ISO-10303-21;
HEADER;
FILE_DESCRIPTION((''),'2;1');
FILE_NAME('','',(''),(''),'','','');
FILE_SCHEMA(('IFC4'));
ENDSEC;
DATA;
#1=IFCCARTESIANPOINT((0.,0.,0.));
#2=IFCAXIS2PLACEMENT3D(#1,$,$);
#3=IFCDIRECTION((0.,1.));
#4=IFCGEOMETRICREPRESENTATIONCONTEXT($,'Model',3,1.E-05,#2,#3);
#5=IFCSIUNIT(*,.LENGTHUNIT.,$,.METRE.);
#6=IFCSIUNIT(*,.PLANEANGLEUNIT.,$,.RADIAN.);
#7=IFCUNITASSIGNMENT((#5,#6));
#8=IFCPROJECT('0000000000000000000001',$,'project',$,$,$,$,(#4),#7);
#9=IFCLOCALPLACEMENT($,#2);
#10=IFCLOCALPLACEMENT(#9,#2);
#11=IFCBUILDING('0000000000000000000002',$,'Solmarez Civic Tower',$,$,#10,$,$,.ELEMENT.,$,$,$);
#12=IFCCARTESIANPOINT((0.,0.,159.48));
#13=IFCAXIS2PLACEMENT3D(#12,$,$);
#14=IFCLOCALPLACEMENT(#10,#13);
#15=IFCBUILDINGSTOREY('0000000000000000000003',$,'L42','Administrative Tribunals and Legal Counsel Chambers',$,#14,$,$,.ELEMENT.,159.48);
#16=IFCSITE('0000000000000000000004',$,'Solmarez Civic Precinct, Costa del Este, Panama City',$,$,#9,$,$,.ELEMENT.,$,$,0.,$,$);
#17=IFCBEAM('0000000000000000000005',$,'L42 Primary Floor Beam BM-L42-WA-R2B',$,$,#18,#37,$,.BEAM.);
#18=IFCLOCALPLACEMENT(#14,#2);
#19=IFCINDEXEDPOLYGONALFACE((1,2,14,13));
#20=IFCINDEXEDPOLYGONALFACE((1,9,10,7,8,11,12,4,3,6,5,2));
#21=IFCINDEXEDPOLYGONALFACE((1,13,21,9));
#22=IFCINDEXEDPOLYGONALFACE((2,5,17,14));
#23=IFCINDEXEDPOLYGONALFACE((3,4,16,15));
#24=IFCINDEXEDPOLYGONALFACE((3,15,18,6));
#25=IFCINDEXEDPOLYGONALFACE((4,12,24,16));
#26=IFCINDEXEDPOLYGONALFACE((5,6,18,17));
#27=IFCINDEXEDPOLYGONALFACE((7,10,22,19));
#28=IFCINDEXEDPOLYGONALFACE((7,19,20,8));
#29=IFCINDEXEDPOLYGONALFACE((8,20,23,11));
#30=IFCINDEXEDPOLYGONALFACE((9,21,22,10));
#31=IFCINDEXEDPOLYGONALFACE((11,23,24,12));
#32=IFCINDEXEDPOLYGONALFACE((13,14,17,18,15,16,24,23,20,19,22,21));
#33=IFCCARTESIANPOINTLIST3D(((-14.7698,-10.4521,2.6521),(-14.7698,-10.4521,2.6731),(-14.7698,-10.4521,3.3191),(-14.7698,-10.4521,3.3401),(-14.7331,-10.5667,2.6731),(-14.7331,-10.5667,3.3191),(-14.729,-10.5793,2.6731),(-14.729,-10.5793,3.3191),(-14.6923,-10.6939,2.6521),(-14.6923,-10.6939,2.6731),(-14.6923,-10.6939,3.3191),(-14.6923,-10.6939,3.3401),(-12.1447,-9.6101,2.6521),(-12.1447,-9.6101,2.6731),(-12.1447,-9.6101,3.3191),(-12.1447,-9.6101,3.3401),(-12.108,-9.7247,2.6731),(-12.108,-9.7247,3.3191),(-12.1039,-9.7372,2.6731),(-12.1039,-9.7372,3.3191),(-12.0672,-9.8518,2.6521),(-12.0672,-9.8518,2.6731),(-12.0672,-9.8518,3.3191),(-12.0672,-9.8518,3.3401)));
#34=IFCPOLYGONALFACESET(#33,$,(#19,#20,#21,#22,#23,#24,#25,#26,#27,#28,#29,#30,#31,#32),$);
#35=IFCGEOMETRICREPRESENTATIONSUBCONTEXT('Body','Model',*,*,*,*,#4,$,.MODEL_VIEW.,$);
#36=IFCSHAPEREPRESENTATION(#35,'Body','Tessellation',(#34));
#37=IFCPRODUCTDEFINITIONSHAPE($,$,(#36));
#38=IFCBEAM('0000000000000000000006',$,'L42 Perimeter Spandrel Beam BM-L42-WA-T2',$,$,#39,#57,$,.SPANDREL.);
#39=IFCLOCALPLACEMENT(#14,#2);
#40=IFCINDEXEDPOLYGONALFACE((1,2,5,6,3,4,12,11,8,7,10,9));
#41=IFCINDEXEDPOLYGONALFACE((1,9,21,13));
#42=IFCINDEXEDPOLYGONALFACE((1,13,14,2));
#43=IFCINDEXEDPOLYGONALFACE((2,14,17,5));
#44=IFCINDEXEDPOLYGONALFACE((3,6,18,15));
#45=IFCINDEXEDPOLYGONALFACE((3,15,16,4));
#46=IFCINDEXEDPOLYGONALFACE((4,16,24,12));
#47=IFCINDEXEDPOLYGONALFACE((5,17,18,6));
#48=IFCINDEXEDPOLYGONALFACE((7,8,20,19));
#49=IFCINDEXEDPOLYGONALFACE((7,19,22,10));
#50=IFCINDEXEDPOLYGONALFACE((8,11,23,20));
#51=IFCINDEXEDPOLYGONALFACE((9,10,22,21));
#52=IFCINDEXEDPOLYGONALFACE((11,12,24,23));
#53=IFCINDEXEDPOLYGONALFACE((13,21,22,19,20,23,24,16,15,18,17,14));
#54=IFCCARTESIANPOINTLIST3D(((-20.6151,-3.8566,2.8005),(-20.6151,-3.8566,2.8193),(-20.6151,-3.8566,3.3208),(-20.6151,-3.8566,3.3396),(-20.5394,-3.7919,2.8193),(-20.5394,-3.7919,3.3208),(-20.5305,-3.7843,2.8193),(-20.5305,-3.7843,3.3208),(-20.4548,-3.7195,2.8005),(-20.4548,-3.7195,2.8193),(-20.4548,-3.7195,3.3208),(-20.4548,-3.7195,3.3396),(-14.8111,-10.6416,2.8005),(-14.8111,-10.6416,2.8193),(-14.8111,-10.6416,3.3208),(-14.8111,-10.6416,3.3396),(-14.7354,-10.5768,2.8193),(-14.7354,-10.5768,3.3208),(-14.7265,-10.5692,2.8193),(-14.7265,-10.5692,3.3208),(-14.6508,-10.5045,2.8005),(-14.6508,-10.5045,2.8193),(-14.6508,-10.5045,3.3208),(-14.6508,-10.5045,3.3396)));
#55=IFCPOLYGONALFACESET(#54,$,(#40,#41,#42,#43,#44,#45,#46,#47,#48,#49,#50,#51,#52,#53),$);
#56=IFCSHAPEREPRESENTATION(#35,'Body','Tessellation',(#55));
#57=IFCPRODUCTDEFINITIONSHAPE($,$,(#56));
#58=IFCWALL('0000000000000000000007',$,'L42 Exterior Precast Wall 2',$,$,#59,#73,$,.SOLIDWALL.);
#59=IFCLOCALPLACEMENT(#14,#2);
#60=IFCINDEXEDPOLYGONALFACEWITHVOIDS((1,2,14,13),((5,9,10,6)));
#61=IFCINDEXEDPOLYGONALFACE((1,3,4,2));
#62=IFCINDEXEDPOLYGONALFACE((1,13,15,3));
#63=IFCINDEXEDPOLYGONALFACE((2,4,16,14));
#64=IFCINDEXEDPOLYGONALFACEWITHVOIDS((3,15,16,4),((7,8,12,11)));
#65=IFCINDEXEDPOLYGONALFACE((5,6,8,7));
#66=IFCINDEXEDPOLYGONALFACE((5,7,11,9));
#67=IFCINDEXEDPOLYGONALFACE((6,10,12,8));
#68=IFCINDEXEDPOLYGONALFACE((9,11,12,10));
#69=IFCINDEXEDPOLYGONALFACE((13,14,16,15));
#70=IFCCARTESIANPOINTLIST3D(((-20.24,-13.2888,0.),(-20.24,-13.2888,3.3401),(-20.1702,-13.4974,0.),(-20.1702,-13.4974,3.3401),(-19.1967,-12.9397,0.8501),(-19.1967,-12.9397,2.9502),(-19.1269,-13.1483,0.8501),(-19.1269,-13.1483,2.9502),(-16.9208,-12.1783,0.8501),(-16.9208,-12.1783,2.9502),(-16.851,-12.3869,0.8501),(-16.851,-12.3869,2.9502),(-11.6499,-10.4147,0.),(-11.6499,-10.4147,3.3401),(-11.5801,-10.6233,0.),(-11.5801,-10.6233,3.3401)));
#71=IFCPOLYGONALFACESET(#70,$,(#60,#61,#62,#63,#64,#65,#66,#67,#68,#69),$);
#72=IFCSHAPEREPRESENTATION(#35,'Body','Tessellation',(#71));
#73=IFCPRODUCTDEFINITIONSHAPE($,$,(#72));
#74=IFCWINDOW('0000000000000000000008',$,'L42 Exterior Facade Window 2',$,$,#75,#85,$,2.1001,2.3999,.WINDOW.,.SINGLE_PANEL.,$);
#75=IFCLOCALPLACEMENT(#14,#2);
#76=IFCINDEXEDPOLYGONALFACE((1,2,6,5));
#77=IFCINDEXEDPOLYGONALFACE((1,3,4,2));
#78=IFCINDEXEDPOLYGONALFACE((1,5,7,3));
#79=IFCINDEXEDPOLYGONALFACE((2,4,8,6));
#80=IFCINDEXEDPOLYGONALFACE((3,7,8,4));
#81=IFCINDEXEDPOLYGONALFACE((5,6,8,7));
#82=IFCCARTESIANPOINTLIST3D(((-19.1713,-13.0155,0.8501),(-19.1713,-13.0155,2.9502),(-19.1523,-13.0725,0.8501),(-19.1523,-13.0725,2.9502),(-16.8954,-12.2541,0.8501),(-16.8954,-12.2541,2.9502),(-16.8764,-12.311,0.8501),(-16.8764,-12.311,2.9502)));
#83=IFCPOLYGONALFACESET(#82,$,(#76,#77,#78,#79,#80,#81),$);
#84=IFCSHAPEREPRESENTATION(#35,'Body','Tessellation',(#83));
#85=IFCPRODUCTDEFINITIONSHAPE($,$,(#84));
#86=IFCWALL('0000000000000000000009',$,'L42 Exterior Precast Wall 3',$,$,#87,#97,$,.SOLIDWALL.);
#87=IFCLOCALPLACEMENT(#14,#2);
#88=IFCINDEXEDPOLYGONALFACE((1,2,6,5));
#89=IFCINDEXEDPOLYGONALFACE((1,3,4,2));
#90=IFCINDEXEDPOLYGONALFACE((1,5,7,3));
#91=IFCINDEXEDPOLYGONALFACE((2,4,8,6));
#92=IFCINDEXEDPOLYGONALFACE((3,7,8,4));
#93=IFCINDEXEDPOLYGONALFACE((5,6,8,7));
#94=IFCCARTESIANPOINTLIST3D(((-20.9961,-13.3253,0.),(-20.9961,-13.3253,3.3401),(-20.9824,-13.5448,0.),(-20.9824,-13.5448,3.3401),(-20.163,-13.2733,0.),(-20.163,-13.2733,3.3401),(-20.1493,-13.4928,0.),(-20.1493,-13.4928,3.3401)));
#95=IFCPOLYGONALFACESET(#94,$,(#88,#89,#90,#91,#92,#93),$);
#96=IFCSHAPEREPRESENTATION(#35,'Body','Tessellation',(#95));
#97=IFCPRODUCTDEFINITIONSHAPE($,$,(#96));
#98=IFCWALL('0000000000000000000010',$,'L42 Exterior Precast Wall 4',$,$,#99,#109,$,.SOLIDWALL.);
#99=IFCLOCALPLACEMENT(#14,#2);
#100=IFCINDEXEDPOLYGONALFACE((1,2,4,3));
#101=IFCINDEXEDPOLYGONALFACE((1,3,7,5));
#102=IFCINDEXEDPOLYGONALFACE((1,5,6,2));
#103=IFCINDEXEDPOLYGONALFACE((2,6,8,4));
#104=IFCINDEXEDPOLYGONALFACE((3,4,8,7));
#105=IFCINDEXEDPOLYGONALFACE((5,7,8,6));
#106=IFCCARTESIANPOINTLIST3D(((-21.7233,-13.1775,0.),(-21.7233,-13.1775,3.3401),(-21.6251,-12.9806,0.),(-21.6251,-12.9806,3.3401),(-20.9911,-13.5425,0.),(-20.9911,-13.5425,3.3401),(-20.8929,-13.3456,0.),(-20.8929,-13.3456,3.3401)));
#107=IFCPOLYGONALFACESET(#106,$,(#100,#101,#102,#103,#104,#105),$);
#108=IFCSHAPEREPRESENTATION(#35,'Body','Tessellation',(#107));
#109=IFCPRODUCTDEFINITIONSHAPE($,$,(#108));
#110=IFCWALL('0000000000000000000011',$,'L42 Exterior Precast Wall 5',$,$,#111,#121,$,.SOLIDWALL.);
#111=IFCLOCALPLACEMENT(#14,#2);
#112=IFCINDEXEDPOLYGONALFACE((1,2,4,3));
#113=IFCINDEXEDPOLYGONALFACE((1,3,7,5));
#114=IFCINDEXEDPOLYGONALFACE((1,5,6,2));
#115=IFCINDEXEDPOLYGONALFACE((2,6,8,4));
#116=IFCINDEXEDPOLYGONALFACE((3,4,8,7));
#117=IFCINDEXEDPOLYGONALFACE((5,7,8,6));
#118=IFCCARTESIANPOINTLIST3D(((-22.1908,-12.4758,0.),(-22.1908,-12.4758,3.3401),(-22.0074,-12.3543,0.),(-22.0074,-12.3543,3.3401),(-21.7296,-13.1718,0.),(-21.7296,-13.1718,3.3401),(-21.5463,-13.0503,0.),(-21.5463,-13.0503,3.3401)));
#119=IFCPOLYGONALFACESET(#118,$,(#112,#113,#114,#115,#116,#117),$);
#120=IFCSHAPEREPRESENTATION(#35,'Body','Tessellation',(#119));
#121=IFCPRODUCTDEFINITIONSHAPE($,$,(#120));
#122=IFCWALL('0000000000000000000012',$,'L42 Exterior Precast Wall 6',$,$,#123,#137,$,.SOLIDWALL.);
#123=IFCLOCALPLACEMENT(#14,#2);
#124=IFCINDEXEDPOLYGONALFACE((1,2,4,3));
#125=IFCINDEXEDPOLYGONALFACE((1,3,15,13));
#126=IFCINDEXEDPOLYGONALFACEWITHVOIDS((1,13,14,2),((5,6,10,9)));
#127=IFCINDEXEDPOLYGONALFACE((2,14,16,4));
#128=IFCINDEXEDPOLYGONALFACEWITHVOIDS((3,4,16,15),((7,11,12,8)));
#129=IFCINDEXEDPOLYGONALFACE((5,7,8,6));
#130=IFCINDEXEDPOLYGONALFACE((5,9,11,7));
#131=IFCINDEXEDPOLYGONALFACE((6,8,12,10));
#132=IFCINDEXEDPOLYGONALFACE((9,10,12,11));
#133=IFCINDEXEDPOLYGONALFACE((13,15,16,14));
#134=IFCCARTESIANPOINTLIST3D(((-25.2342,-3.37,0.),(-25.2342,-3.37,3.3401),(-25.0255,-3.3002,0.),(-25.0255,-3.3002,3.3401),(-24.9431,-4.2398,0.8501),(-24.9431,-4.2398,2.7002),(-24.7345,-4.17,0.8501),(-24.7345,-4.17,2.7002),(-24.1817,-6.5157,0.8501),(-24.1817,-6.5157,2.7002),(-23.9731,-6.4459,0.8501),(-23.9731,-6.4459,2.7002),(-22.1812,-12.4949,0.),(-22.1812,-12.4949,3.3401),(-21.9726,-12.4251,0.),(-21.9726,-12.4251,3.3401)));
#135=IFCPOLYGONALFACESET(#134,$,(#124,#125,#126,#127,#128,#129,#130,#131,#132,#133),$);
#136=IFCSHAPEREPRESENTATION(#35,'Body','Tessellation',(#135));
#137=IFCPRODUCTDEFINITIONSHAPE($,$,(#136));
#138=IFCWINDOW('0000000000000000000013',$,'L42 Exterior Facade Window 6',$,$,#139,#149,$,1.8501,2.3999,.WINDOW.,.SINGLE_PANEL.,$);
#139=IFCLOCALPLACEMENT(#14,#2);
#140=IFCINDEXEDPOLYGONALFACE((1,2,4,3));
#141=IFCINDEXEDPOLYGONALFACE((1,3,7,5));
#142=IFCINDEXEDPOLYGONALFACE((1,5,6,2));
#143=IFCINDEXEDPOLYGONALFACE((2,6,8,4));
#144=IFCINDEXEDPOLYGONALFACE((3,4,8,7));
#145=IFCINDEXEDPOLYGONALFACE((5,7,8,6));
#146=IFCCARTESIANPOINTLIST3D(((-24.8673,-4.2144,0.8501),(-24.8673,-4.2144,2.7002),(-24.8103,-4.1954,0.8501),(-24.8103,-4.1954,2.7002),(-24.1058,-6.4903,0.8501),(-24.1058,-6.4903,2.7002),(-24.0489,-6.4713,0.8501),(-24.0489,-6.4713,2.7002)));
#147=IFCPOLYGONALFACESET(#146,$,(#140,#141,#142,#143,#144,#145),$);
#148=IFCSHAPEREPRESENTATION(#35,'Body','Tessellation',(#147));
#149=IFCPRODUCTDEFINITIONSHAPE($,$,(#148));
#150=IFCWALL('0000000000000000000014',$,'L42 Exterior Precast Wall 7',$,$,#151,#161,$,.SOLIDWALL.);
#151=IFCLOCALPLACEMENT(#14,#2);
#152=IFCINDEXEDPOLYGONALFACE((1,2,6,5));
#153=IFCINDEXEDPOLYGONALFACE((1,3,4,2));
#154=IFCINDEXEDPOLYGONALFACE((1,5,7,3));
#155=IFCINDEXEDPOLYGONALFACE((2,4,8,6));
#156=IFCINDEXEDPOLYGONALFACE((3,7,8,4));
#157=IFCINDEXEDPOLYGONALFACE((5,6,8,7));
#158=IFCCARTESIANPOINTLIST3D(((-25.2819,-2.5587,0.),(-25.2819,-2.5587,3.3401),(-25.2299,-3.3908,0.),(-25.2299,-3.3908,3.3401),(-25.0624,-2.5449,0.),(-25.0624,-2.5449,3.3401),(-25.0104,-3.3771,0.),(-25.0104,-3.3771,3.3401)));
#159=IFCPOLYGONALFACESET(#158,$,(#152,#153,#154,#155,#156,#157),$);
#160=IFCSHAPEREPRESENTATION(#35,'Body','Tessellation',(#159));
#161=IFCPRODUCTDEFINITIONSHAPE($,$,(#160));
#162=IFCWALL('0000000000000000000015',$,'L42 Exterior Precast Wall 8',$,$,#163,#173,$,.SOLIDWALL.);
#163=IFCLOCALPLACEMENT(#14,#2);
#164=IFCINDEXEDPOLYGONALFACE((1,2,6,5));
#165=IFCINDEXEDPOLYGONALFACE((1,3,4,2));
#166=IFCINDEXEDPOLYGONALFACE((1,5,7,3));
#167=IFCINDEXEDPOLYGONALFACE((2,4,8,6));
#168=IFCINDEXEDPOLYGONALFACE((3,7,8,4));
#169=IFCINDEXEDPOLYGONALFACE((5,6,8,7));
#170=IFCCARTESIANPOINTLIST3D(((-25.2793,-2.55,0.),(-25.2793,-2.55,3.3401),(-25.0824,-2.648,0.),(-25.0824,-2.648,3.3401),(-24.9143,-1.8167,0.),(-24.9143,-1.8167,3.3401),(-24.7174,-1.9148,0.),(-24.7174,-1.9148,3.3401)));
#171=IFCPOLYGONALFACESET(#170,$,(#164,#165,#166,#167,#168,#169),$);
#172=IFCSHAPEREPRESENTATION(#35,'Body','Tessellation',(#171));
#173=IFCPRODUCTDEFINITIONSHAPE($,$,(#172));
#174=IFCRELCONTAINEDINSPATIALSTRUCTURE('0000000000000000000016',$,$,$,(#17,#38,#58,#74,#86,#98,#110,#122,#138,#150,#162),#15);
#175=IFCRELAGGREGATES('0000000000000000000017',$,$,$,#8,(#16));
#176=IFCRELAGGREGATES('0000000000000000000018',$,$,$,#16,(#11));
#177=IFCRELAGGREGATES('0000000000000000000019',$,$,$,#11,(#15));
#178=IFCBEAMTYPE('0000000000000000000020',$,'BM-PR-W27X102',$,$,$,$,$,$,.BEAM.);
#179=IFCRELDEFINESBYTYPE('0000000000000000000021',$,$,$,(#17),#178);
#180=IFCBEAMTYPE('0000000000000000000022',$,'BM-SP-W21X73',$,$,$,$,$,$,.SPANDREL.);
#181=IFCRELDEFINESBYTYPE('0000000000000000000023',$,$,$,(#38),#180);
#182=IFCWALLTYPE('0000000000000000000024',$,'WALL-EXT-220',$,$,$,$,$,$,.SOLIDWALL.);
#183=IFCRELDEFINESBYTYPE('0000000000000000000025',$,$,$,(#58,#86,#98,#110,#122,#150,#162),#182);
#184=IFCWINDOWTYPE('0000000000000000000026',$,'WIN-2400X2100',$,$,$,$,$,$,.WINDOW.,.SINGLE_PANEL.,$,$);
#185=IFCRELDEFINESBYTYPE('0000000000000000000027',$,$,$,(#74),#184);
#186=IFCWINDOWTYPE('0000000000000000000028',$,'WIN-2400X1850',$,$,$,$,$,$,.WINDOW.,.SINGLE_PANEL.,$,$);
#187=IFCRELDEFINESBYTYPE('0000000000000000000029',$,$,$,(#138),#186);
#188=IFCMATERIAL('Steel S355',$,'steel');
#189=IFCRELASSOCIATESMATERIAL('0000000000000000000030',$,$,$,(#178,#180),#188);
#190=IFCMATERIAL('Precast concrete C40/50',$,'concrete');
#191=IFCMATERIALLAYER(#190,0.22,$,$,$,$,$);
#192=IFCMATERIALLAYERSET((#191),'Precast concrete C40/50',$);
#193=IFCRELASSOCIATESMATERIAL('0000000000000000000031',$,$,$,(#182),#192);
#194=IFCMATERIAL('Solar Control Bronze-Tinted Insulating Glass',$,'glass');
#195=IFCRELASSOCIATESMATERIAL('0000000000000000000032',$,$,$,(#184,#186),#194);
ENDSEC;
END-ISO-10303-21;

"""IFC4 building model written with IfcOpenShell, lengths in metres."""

from ifc_helpers import new_model, si_unit, direction, frame, frame_2d, origin, origin_2d, place, context, subcontext, project, spatial, rectangle, i_section, extrude, material, layer, layer_set, material_profile, profile_set, type_object, element, fill, save


model = new_model("IFC4")

# Units and contexts
model_context = context("Model", 3, precision=1e-05, world=origin(), true_north=direction((0.0, 1.0)))
body_context = subcontext(model_context, "Body", "Model", "MODEL_VIEW")
ifc_project = project(units=[si_unit("LENGTHUNIT", "METRE"), si_unit("PLANEANGLEUNIT", "RADIAN")], contexts=[model_context])

# Site, building, storey
site_placement = place(None, origin())
site = spatial("IfcSite", under=ifc_project, at=site_placement, Name="Solmarez Civic Precinct, Costa del Este, Panama City", CompositionType="ELEMENT", RefElevation=0.0)
building_placement = place(site_placement, origin())
building = spatial("IfcBuilding", under=site, at=building_placement, Name="Solmarez Civic Tower", CompositionType="ELEMENT")
storey_placement = place(building_placement, frame((0.0, 0.0, 159.48)))
storey = spatial("IfcBuildingStorey", under=building, at=storey_placement, Name="L42", Description="Administrative Tribunals and Legal Counsel Chambers", CompositionType="ELEMENT", Elevation=159.48)

# Shared definitions
ifc_material_1 = material(Name="Steel S355", Category="steel")

# Beams
ifc_material_profile_1 = material_profile(ifc_material_1, i_section(OverallWidth=0.2539, OverallDepth=0.688, WebThickness=0.0132, FlangeThickness=0.021, at=origin_2d()), Name="W27X102")
ifc_profile_set_1 = profile_set([ifc_material_profile_1], Name="Steel S355")
beam_type_1 = type_object("IfcBeamType", Name="BM-PR-W27X102", PredefinedType="BEAM", material=ifc_profile_set_1)
beam_1_placement = place(storey_placement, frame((-12.106, -9.731, 2.9961), z_axis=(-0.952209, -0.305447, 0.0), x_axis=(0.305447, -0.952209, 0.0)))
element("IfcBeam", 1, at=beam_1_placement, inside=storey, type_object=beam_type_1, Name="L42 Primary Floor Beam BM-L42-WA-R2B", PredefinedType="BEAM", context=body_context, shape_type="SweptSolid", body=[
    extrude(i_section(OverallWidth=0.2539, OverallDepth=0.688, WebThickness=0.0132, FlangeThickness=0.021, at=origin_2d()), origin(), (0.0, 0.0, 1.0), 2.7568),
])
ifc_material_profile_2 = material_profile(ifc_material_1, i_section(OverallWidth=0.2109, OverallDepth=0.5391, WebThickness=0.0117, FlangeThickness=0.0188, at=origin_2d()), Name="W21X73")
ifc_profile_set_2 = profile_set([ifc_material_profile_2], Name="Steel S355")
beam_type_2 = type_object("IfcBeamType", Name="BM-SP-W21X73", PredefinedType="SPANDREL", material=ifc_profile_set_2)
beam_2_placement = place(storey_placement, frame((-20.5349, -3.7881, 3.0701), z_axis=(0.650037, -0.759903, 0.0), x_axis=(0.759903, 0.650037, 0.0)))
element("IfcBeam", 2, at=beam_2_placement, inside=storey, type_object=beam_type_2, Name="L42 Perimeter Spandrel Beam BM-L42-WA-T2", PredefinedType="SPANDREL", context=body_context, shape_type="SweptSolid", body=[
    extrude(i_section(OverallWidth=0.2109, OverallDepth=0.5391, WebThickness=0.0117, FlangeThickness=0.0188, at=origin_2d()), origin(), (0.0, 0.0, 1.0), 8.9287),
])

# Wall, opening, window
ifc_material_2 = material(Name="Precast concrete C40/50", Category="concrete")
ifc_layer_1 = layer(ifc_material_2, 0.22)
ifc_layer_set_1 = layer_set([ifc_layer_1], Name="Precast concrete C40/50")
wall_type_1 = type_object("IfcWallType", Name="WALL-EXT-220", PredefinedType="SOLIDWALL", material=ifc_layer_set_1)
wall_1_placement = place(storey_placement, frame((-11.615, -10.519, 0.0), z_axis=(0.0, 0.0, 1.0), x_axis=(-0.94833, -0.317287, 0.0)))
wall_1 = element("IfcWall", 3, at=wall_1_placement, inside=storey, type_object=wall_type_1, Name="L42 Exterior Precast Wall 2", PredefinedType="SOLIDWALL", context=body_context, shape_type="SweptSolid", body=[
    extrude(rectangle(XDim=9.0581, YDim=0.22, at=frame_2d((4.5291, 0.0))), origin(), (0.0, 0.0, 1.0), 3.3401),
])
opening_1_placement = place(wall_1_placement, frame((5.5581, 0.0, 0.8501)))
opening_1 = element("IfcOpeningElement", 4, at=opening_1_placement, cuts=wall_1, PredefinedType="OPENING", context=body_context, shape_type="SweptSolid", body=[
    extrude(rectangle(XDim=2.3999, YDim=2.1001, at=frame_2d((1.2, 1.05))), frame((0.0, 0.1199, 0.0), z_axis=(0.0, -1.0, 0.0), x_axis=(1.0, 0.0, 0.0)), (0.0, 0.0, 1.0), 0.24),
])
ifc_material_3 = material(Name="Solar Control Bronze-Tinted Insulating Glass", Category="glass")
window_type_1 = type_object("IfcWindowType", Name="WIN-2400X2100", PartitioningType="SINGLE_PANEL", PredefinedType="WINDOW", material=ifc_material_3)
window_1_placement = place(opening_1_placement, origin())
window_1 = element("IfcWindow", 5, at=window_1_placement, inside=storey, type_object=window_type_1, Name="L42 Exterior Facade Window 2", OverallHeight=2.1001, OverallWidth=2.3999, PartitioningType="SINGLE_PANEL", PredefinedType="WINDOW", context=body_context, shape_type="SweptSolid", body=[
    extrude(rectangle(XDim=2.3999, YDim=2.1001, at=frame_2d((1.2, 1.05))), frame((0.0, 0.03, 0.0), z_axis=(0.0, -1.0, 0.0), x_axis=(1.0, 0.0, 0.0)), (0.0, 0.0, 1.0), 0.0601),
])
fill(opening_1, window_1)

# Walls
wall_2_placement = place(storey_placement, frame((-20.156, -13.3831, 0.0), z_axis=(0.0, 0.0, 1.0), x_axis=(-0.998057, -0.062305, 0.0)))
element("IfcWall", 6, at=wall_2_placement, inside=storey, type_object=wall_type_1, Name="L42 Exterior Precast Wall 3", PredefinedType="SOLIDWALL", context=body_context, shape_type="SweptSolid", body=[
    extrude(rectangle(XDim=0.8347, YDim=0.22, at=frame_2d((0.4175, 0.0))), origin(), (0.0, 0.0, 1.0), 3.3401),
])
wall_3_placement = place(storey_placement, frame((-20.9419, -13.4441, 0.0), z_axis=(0.0, 0.0, 1.0), x_axis=(-0.894964, 0.446139, 0.0)))
element("IfcWall", 7, at=wall_3_placement, inside=storey, type_object=wall_type_1, Name="L42 Exterior Precast Wall 4", PredefinedType="SOLIDWALL", context=body_context, shape_type="SweptSolid", body=[
    extrude(rectangle(XDim=0.8181, YDim=0.22, at=frame_2d((0.4092, 0.0))), origin(), (0.0, 0.0, 1.0), 3.3401),
])
wall_4_placement = place(storey_placement, frame((-21.6379, -13.1111, 0.0), z_axis=(0.0, 0.0, 1.0), x_axis=(-0.552336, 0.833621, 0.0)))
element("IfcWall", 8, at=wall_4_placement, inside=storey, type_object=wall_type_1, Name="L42 Exterior Precast Wall 5", PredefinedType="SOLIDWALL", context=body_context, shape_type="SweptSolid", body=[
    extrude(rectangle(XDim=0.835, YDim=0.22, at=frame_2d((0.4175, 0.0))), origin(), (0.0, 0.0, 1.0), 3.3401),
])

# Wall, opening, window
wall_5_placement = place(storey_placement, frame((-22.0769, -12.46, 0.0), z_axis=(0.0, 0.0, 1.0), x_axis=(-0.317286, 0.94833, 0.0)))
wall_5 = element("IfcWall", 9, at=wall_5_placement, inside=storey, type_object=wall_type_1, Name="L42 Exterior Precast Wall 6", PredefinedType="SOLIDWALL", context=body_context, shape_type="SweptSolid", body=[
    extrude(rectangle(XDim=9.6221, YDim=0.22, at=frame_2d((4.811, 0.0))), origin(), (0.0, 0.0, 1.0), 3.3401),
])
opening_2_placement = place(wall_5_placement, frame((6.3049, 0.0, 0.8501)))
opening_2 = element("IfcOpeningElement", 10, at=opening_2_placement, cuts=wall_5, PredefinedType="OPENING", context=body_context, shape_type="SweptSolid", body=[
    extrude(rectangle(XDim=2.3999, YDim=1.8501, at=frame_2d((1.2, 0.925))), frame((0.0, 0.1199, 0.0), z_axis=(0.0, -1.0, 0.0), x_axis=(1.0, 0.0, 0.0)), (0.0, 0.0, 1.0), 0.24),
])
window_type_2 = type_object("IfcWindowType", Name="WIN-2400X1850", PartitioningType="SINGLE_PANEL", PredefinedType="WINDOW", material=ifc_material_3)
window_2_placement = place(opening_2_placement, origin())
window_2 = element("IfcWindow", 11, at=window_2_placement, inside=storey, type_object=window_type_2, Name="L42 Exterior Facade Window 6", OverallHeight=1.8501, OverallWidth=2.3999, PartitioningType="SINGLE_PANEL", PredefinedType="WINDOW", context=body_context, shape_type="SweptSolid", body=[
    extrude(rectangle(XDim=2.3999, YDim=1.8501, at=frame_2d((1.2, 0.925))), frame((0.0, 0.03, 0.0), z_axis=(0.0, -1.0, 0.0), x_axis=(1.0, 0.0, 0.0)), (0.0, 0.0, 1.0), 0.0601),
])
fill(opening_2, window_2)

# Walls
wall_6_placement = place(storey_placement, frame((-25.1201, -3.384, 0.0), z_axis=(0.0, 0.0, 1.0), x_axis=(-0.062378, 0.998053, 0.0)))
element("IfcWall", 12, at=wall_6_placement, inside=storey, type_object=wall_type_1, Name="L42 Exterior Precast Wall 7", PredefinedType="SOLIDWALL", context=body_context, shape_type="SweptSolid", body=[
    extrude(rectangle(XDim=0.8337, YDim=0.22, at=frame_2d((0.417, 0.0))), origin(), (0.0, 0.0, 1.0), 3.3401),
])
wall_7_placement = place(storey_placement, frame((-25.1809, -2.5991, 0.0), z_axis=(0.0, 0.0, 1.0), x_axis=(0.445663, 0.895201, 0.0)))
element("IfcWall", 13, at=wall_7_placement, inside=storey, type_object=wall_type_1, Name="L42 Exterior Precast Wall 8", PredefinedType="SOLIDWALL", context=body_context, shape_type="SweptSolid", body=[
    extrude(rectangle(XDim=0.8191, YDim=0.22, at=frame_2d((0.4097, 0.0))), origin(), (0.0, 0.0, 1.0), 3.3401),
])

save(model, "model.ifc")
